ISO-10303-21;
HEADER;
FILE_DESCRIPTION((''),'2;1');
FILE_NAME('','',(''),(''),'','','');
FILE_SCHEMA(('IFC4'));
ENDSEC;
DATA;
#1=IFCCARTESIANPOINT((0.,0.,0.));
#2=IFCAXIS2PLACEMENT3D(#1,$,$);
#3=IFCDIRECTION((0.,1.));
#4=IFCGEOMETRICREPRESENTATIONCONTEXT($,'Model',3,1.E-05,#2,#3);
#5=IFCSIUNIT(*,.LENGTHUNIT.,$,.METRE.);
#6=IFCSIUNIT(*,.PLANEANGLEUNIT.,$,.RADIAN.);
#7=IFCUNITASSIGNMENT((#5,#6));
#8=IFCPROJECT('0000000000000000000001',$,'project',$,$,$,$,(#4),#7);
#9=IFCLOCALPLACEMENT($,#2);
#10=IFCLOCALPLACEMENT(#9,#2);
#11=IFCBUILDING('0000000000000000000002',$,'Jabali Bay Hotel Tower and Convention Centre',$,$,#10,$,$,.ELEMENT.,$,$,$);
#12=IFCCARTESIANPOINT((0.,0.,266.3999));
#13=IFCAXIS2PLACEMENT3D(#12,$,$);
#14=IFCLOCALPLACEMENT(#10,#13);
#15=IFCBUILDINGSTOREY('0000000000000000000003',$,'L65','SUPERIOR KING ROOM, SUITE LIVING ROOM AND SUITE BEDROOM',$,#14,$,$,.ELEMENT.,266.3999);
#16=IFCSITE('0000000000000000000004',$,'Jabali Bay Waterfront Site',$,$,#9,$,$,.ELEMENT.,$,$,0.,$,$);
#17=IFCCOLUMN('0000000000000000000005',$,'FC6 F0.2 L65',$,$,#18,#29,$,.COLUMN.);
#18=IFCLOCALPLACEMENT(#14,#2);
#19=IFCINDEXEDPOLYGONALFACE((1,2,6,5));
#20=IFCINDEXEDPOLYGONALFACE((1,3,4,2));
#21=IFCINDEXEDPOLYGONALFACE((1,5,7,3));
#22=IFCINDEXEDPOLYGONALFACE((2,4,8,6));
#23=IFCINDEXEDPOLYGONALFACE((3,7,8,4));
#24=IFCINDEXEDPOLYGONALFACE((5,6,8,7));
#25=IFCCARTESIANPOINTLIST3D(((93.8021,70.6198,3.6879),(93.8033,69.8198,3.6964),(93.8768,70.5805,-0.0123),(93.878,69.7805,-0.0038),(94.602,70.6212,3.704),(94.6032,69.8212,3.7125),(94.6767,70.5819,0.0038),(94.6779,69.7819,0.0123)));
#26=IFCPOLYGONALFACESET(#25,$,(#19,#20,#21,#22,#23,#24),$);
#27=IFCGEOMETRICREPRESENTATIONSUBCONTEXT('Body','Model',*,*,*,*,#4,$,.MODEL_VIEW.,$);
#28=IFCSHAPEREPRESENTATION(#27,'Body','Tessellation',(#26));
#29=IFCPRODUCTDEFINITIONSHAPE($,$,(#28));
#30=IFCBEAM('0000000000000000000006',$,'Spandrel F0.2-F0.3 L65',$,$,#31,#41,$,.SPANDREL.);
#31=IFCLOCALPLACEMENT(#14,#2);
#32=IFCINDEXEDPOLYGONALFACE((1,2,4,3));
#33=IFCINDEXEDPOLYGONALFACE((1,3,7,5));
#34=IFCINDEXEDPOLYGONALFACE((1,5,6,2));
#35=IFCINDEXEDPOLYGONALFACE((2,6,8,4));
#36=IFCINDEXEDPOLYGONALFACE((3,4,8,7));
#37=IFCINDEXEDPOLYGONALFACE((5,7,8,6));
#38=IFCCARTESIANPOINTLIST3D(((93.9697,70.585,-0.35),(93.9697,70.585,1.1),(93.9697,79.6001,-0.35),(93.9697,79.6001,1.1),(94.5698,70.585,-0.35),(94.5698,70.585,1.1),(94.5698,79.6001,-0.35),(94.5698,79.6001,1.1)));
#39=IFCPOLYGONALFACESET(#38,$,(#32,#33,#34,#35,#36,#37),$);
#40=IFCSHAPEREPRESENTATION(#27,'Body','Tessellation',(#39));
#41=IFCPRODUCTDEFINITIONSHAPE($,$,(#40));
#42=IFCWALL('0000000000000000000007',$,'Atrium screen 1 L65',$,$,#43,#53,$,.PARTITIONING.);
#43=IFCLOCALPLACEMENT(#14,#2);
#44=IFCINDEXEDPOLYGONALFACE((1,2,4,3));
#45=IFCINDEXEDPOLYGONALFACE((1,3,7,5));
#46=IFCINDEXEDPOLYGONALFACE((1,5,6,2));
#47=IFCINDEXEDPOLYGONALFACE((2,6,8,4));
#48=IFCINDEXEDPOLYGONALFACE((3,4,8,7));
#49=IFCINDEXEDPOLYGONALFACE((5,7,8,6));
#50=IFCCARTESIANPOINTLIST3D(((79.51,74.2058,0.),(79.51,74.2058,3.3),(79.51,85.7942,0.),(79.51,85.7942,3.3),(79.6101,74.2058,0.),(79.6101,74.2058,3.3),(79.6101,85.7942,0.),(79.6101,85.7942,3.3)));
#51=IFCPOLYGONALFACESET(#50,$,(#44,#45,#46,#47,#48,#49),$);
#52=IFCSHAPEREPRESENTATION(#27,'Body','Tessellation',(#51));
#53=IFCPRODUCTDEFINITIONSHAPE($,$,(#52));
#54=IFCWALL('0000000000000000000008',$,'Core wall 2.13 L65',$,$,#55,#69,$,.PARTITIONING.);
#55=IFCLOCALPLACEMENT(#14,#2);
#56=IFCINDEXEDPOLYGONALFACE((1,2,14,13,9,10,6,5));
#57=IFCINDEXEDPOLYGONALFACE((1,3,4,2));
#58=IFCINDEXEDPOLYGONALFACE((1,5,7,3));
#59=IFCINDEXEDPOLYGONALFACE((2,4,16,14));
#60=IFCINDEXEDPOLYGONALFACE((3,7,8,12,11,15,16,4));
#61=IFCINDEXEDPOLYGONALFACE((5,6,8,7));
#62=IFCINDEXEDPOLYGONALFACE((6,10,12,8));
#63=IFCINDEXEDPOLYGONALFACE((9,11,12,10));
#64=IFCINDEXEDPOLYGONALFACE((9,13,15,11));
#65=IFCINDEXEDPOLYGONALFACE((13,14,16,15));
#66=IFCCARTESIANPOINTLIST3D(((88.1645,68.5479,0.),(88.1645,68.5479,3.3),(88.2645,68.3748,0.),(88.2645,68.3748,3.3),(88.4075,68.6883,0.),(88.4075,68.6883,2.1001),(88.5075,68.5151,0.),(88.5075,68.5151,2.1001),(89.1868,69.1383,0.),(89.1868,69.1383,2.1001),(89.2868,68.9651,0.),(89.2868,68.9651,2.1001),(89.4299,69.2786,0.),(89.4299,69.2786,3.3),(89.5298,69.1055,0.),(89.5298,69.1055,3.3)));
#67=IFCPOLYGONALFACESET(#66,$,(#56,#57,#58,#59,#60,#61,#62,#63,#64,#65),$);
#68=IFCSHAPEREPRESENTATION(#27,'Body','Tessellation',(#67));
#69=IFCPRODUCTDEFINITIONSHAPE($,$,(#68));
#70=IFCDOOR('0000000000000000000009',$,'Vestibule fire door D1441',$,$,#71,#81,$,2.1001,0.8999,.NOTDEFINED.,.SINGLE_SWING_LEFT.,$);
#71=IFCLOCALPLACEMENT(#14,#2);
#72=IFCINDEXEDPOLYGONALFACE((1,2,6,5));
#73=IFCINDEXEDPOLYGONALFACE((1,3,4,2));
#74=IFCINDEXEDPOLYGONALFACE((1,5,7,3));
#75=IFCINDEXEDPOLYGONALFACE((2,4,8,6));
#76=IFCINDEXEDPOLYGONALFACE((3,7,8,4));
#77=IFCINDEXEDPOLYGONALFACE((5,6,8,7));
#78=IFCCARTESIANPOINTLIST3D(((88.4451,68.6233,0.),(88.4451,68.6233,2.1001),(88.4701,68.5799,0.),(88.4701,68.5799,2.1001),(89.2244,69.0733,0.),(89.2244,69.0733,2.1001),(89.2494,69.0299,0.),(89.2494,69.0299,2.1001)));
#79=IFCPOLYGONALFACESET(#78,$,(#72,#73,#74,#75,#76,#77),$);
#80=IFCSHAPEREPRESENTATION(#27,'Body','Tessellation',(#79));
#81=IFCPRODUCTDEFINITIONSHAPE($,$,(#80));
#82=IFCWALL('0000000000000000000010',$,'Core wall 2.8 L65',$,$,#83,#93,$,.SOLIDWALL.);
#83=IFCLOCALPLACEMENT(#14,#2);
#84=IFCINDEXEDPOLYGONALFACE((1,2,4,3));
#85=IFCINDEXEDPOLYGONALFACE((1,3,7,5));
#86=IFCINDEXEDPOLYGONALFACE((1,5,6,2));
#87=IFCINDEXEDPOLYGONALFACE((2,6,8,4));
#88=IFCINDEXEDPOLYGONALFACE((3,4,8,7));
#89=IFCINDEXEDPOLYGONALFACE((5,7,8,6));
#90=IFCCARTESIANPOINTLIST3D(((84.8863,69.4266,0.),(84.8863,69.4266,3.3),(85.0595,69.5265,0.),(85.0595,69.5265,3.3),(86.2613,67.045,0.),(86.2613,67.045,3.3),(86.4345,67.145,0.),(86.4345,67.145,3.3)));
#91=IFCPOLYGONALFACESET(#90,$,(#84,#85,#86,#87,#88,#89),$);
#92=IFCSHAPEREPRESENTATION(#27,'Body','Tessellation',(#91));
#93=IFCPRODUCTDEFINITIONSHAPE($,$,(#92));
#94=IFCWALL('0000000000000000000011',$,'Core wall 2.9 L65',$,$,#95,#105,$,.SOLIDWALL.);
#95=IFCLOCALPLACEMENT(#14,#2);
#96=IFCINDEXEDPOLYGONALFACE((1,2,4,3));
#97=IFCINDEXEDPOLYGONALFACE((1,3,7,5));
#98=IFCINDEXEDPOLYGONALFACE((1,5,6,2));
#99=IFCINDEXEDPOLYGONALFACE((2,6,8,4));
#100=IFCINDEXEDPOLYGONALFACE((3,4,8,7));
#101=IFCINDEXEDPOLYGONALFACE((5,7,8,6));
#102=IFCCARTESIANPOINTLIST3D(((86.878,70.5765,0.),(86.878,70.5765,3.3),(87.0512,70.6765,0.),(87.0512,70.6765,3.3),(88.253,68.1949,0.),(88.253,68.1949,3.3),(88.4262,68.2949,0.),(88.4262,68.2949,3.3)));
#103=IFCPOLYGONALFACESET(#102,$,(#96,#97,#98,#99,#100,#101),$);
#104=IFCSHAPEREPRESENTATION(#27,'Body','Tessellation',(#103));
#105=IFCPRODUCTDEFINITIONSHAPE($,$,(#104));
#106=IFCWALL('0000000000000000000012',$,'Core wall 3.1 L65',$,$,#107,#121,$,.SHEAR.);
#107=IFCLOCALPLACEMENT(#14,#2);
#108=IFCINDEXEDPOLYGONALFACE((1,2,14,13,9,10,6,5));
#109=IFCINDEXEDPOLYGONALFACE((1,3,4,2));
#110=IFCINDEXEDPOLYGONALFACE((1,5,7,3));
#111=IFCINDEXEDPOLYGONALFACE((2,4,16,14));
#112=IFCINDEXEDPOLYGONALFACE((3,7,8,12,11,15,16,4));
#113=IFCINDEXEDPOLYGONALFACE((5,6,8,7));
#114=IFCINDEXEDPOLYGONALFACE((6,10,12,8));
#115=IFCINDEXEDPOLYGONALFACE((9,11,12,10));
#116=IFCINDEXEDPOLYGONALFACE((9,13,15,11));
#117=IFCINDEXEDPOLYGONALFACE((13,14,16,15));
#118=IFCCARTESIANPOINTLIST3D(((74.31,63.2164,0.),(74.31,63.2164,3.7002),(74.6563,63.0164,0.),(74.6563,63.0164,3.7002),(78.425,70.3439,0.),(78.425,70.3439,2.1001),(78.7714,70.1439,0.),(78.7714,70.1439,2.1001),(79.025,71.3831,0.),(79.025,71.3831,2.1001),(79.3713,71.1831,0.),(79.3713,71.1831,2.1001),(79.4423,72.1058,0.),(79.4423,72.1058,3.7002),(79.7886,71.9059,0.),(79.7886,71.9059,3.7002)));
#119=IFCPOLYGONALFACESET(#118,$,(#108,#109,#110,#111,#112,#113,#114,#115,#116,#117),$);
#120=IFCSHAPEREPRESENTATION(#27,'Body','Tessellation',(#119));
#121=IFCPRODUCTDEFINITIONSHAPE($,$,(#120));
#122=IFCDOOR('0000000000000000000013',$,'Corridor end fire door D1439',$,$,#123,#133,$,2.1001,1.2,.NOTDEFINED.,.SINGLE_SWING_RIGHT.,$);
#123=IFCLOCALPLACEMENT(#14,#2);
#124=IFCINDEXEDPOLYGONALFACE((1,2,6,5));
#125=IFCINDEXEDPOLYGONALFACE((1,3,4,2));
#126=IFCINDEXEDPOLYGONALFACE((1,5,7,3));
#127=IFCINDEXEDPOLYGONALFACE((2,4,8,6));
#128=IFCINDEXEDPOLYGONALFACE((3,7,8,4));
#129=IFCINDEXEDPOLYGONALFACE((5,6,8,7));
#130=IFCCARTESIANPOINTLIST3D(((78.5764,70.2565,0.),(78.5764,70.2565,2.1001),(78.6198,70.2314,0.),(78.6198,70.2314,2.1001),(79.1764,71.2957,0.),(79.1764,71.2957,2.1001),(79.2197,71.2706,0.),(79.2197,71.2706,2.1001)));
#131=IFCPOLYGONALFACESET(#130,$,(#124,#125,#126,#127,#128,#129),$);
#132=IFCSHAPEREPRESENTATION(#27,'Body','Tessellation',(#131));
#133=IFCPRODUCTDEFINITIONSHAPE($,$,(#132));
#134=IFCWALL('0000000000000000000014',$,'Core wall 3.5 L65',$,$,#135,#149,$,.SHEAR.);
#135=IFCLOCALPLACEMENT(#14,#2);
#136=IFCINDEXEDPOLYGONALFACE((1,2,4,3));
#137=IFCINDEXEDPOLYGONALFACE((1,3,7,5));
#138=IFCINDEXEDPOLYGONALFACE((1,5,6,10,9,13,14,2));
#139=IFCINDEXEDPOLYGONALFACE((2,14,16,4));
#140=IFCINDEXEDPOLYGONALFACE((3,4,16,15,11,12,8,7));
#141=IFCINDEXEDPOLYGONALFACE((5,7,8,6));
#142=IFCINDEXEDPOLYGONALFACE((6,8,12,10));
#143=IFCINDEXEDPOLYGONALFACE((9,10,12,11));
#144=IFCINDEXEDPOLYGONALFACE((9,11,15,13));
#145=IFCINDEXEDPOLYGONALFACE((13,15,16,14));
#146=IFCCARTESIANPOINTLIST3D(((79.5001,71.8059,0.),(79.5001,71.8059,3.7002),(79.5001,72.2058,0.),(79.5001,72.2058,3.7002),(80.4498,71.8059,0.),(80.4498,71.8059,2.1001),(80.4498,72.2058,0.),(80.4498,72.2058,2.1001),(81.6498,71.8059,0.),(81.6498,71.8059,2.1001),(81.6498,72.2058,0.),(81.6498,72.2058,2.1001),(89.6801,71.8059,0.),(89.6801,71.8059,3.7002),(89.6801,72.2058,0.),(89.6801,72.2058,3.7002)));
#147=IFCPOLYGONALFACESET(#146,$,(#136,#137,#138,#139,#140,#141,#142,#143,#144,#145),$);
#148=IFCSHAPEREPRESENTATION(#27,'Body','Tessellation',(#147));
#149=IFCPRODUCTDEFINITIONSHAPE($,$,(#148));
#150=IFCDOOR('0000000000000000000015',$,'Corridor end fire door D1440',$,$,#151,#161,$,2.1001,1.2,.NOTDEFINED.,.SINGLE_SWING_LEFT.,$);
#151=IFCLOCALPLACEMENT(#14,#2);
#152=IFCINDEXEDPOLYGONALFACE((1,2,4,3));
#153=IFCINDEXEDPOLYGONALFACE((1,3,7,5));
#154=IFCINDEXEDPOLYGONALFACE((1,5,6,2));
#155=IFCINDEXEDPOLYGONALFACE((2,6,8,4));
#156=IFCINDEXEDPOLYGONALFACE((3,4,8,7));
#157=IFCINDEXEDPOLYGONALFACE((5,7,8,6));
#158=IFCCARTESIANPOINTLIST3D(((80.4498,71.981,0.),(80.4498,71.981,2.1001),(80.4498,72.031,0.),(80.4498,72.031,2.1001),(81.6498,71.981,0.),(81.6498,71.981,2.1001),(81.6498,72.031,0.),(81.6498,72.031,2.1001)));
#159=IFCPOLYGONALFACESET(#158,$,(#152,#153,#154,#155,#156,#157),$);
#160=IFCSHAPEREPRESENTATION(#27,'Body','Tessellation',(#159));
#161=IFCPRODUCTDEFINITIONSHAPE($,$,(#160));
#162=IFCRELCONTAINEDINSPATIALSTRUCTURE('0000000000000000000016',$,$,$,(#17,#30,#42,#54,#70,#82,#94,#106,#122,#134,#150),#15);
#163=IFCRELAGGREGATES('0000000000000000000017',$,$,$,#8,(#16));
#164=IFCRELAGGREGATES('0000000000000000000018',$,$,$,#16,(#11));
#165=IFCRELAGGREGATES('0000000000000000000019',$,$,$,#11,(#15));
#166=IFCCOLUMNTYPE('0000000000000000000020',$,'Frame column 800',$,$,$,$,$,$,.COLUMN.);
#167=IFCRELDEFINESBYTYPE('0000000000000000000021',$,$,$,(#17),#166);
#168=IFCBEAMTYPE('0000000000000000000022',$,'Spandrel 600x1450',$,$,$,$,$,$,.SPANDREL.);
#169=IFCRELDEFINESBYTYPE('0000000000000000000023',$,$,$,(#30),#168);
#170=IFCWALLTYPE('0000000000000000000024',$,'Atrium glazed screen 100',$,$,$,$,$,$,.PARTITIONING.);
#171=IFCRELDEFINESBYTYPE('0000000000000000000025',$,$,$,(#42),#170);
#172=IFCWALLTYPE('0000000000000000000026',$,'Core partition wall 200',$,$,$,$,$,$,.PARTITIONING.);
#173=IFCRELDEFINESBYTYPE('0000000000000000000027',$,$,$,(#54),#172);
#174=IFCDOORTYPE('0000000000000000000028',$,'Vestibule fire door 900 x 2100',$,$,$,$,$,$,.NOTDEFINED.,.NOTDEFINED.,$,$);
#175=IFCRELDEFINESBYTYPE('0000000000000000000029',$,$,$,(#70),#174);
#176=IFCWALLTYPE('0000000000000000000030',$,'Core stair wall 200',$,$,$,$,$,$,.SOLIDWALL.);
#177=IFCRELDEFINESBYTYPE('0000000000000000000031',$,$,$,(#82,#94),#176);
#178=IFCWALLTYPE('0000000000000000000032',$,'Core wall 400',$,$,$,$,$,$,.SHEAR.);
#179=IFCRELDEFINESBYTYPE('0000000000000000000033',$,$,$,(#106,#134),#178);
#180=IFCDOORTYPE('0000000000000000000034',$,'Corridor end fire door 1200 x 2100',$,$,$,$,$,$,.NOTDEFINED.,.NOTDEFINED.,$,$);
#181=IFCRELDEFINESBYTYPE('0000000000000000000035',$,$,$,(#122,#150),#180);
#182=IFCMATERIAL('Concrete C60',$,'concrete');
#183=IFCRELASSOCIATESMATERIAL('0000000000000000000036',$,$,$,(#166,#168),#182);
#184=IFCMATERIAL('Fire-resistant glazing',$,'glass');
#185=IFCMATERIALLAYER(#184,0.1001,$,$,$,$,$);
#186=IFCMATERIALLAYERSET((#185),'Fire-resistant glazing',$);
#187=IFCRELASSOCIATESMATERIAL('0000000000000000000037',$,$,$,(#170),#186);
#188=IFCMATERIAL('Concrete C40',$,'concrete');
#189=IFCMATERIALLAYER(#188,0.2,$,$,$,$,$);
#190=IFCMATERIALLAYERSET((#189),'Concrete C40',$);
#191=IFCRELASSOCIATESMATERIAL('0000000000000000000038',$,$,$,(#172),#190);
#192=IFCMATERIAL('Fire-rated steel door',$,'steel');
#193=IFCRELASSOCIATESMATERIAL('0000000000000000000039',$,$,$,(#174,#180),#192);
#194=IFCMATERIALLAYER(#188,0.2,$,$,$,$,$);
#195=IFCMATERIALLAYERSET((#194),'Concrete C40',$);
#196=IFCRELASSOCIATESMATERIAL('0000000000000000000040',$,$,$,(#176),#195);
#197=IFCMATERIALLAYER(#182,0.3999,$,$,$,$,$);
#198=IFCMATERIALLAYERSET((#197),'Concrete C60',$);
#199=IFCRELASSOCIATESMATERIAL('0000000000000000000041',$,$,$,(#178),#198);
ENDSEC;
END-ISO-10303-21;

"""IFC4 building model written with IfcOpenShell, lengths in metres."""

from ifc_helpers import new_model, si_unit, direction, frame, frame_2d, origin, origin_2d, place, context, subcontext, project, spatial, rectangle, extrude, material, layer, layer_set, material_profile, profile_set, type_object, element, fill, save


model = new_model("IFC4")

# Units and contexts
model_context = context("Model", 3, precision=1e-05, world=origin(), true_north=direction((0.0, 1.0)))
body_context = subcontext(model_context, "Body", "Model", "MODEL_VIEW")
ifc_project = project(units=[si_unit("LENGTHUNIT", "METRE"), si_unit("PLANEANGLEUNIT", "RADIAN")], contexts=[model_context])

# Site, building, storey
site_placement = place(None, origin())
site = spatial("IfcSite", under=ifc_project, at=site_placement, Name="Jabali Bay Waterfront Site", CompositionType="ELEMENT", RefElevation=0.0)
building_placement = place(site_placement, origin())
building = spatial("IfcBuilding", under=site, at=building_placement, Name="Jabali Bay Hotel Tower and Convention Centre", CompositionType="ELEMENT")
storey_placement = place(building_placement, frame((0.0, 0.0, 266.3999)))
storey = spatial("IfcBuildingStorey", under=building, at=storey_placement, Name="L65", Description="SUPERIOR KING ROOM, SUITE LIVING ROOM AND SUITE BEDROOM", CompositionType="ELEMENT", Elevation=266.3999)

# Column
ifc_material_1 = material(Name="Concrete C60", Category="concrete")
ifc_material_profile_1 = material_profile(ifc_material_1, rectangle(XDim=0.8, YDim=0.8, at=origin_2d()), Name="Frame column 800")
ifc_profile_set_1 = profile_set([ifc_material_profile_1], Name="Concrete C60")
column_type = type_object("IfcColumnType", Name="Frame column 800", PredefinedType="COLUMN", material=ifc_profile_set_1)
column_placement = place(storey_placement, frame((94.2773, 70.1812, 0.0), z_axis=(-0.020185, 0.01062, 0.99974), x_axis=(0.001533, -0.999942, 0.010653)))
element("IfcColumn", 1, at=column_placement, inside=storey, type_object=column_type, Name="FC6 F0.2 L65", PredefinedType="COLUMN", context=body_context, shape_type="SweptSolid", body=[
    extrude(rectangle(XDim=0.8, YDim=0.8, at=origin_2d()), origin(), (0.0, 0.0, 1.0), 3.7012),
])

# Beam
ifc_material_profile_2 = material_profile(ifc_material_1, rectangle(XDim=0.6001, YDim=1.45, at=origin_2d()), Name="Spandrel 600x1450")
ifc_profile_set_2 = profile_set([ifc_material_profile_2], Name="Concrete C60")
beam_type = type_object("IfcBeamType", Name="Spandrel 600x1450", PredefinedType="SPANDREL", material=ifc_profile_set_2)
beam_placement = place(storey_placement, frame((94.2698, 70.585, 0.375), z_axis=(0.0, 1.0, 0.0), x_axis=(-1.0, 0.0, 0.0)))
element("IfcBeam", 2, at=beam_placement, inside=storey, type_object=beam_type, Name="Spandrel F0.2-F0.3 L65", PredefinedType="SPANDREL", context=body_context, shape_type="SweptSolid", body=[
    extrude(rectangle(XDim=0.6001, YDim=1.45, at=origin_2d()), origin(), (0.0, 0.0, 1.0), 9.0151),
])

# Wall
ifc_material_2 = material(Name="Fire-resistant glazing", Category="glass")
ifc_layer_1 = layer(ifc_material_2, 0.1001)
ifc_layer_set_1 = layer_set([ifc_layer_1], Name="Fire-resistant glazing")
wall_type_1 = type_object("IfcWallType", Name="Atrium glazed screen 100", PredefinedType="PARTITIONING", material=ifc_layer_set_1)
wall_1_placement = place(storey_placement, frame((79.5601, 74.2058, 0.0), z_axis=(0.0, 0.0, 1.0), x_axis=(0.0, 1.0, 0.0)))
element("IfcWall", 3, at=wall_1_placement, inside=storey, type_object=wall_type_1, Name="Atrium screen 1 L65", PredefinedType="PARTITIONING", context=body_context, shape_type="SweptSolid", body=[
    extrude(rectangle(XDim=11.5884, YDim=0.1001, at=frame_2d((5.7942, 0.0))), origin(), (0.0, 0.0, 1.0), 3.3),
])

# Wall, opening, door
ifc_material_3 = material(Name="Concrete C40", Category="concrete")
ifc_layer_2 = layer(ifc_material_3, 0.2)
ifc_layer_set_2 = layer_set([ifc_layer_2], Name="Concrete C40")
wall_type_2 = type_object("IfcWallType", Name="Core partition wall 200", PredefinedType="PARTITIONING", material=ifc_layer_set_2)
wall_2_placement = place(storey_placement, frame((88.2146, 68.4614, 0.0), z_axis=(0.0, 0.0, 1.0), x_axis=(0.865982, 0.500074, 0.0)))
wall_2 = element("IfcWall", 4, at=wall_2_placement, inside=storey, type_object=wall_type_2, Name="Core wall 2.13 L65", PredefinedType="PARTITIONING", context=body_context, shape_type="SweptSolid", body=[
    extrude(rectangle(XDim=1.4612, YDim=0.2, at=frame_2d((0.7305, 0.0))), origin(), (0.0, 0.0, 1.0), 3.3),
])
opening_1_placement = place(wall_2_placement, frame((0.2805, 0.0, 0.0)))
opening_1 = element("IfcOpeningElement", 5, at=opening_1_placement, cuts=wall_2, PredefinedType="OPENING", context=body_context, shape_type="SweptSolid", body=[
    extrude(rectangle(XDim=0.8999, YDim=2.1001, at=frame_2d((0.45, 1.05))), frame((0.0, 0.1104, 0.0), z_axis=(0.0, -1.0, 0.0), x_axis=(1.0, 0.0, 0.0)), (0.0, 0.0, 1.0), 0.2209),
])
ifc_material_4 = material(Name="Fire-rated steel door", Category="steel")
door_type_1 = type_object("IfcDoorType", Name="Vestibule fire door 900 x 2100", OperationType="NOTDEFINED", PredefinedType="NOTDEFINED", material=ifc_material_4)
door_1_placement = place(opening_1_placement, origin())
door_1 = element("IfcDoor", 6, at=door_1_placement, inside=storey, type_object=door_type_1, Name="Vestibule fire door D1441", OperationType="SINGLE_SWING_LEFT", OverallHeight=2.1001, OverallWidth=0.8999, PredefinedType="NOTDEFINED", context=body_context, shape_type="SweptSolid", body=[
    extrude(rectangle(XDim=0.8999, YDim=2.1001, at=frame_2d((0.45, 1.05))), frame((0.0, 0.0249, 0.0), z_axis=(0.0, -1.0, 0.0), x_axis=(1.0, 0.0, 0.0)), (0.0, 0.0, 1.0), 0.05),
])
fill(opening_1, door_1)

# Walls
ifc_layer_3 = layer(ifc_material_3, 0.2)
ifc_layer_set_3 = layer_set([ifc_layer_3], Name="Concrete C40")
wall_type_3 = type_object("IfcWallType", Name="Core stair wall 200", PredefinedType="SOLIDWALL", material=ifc_layer_set_3)
for number, where, z_axis, x_axis, name in (
    (7, (84.9729, 69.4766, 0.0), (0.0, 0.0, 1.0), (0.499997, -0.866027, 0.0), "Core wall 2.8 L65"),
    (8, (86.9646, 70.6265, 0.0), (0.0, 0.0, 1.0), (0.499997, -0.866027, 0.0), "Core wall 2.9 L65"),
):
    element("IfcWall", number, at=place(storey_placement, frame(where, z_axis=z_axis, x_axis=x_axis)), inside=storey, type_object=wall_type_3, Name=name, PredefinedType="SOLIDWALL", context=body_context, shape_type="SweptSolid", body=[
        extrude(rectangle(XDim=2.75, YDim=0.2, at=frame_2d((1.375, 0.0))), origin(), (0.0, 0.0, 1.0), 3.3),
    ])

# Walls, openings, doors
ifc_layer_4 = layer(ifc_material_1, 0.3999)
ifc_layer_set_4 = layer_set([ifc_layer_4], Name="Concrete C60")
wall_type_4 = type_object("IfcWallType", Name="Core wall 400", PredefinedType="SHEAR", material=ifc_layer_set_4)
wall_3_placement = place(storey_placement, frame((79.6155, 72.0059, 0.0), z_axis=(0.0, 0.0, 1.0), x_axis=(-0.500002, -0.866024, 0.0)))
wall_3 = element("IfcWall", 9, at=wall_3_placement, inside=storey, type_object=wall_type_4, Name="Core wall 3.1 L65", PredefinedType="SHEAR", context=body_context, shape_type="SweptSolid", body=[
    extrude(rectangle(XDim=10.2646, YDim=0.3999, at=frame_2d((5.1323, 0.0))), origin(), (0.0, 0.0, 1.0), 3.7002),
])
opening_2_placement = place(wall_3_placement, frame((0.8345, 0.0, 0.0)))
opening_2 = element("IfcOpeningElement", 10, at=opening_2_placement, cuts=wall_3, PredefinedType="OPENING", context=body_context, shape_type="SweptSolid", body=[
    extrude(rectangle(XDim=1.2, YDim=2.1001, at=frame_2d((0.6001, 1.05))), frame((0.0, 0.2104, 0.0), z_axis=(0.0, -1.0, 0.0), x_axis=(1.0, 0.0, 0.0)), (0.0, 0.0, 1.0), 0.4209),
])
door_type_2 = type_object("IfcDoorType", Name="Corridor end fire door 1200 x 2100", OperationType="NOTDEFINED", PredefinedType="NOTDEFINED", material=ifc_material_4)
door_2_placement = place(opening_2_placement, origin())
door_2 = element("IfcDoor", 11, at=door_2_placement, inside=storey, type_object=door_type_2, Name="Corridor end fire door D1439", OperationType="SINGLE_SWING_RIGHT", OverallHeight=2.1001, OverallWidth=1.2, PredefinedType="NOTDEFINED", context=body_context, shape_type="SweptSolid", body=[
    extrude(rectangle(XDim=1.2, YDim=2.1001, at=frame_2d((0.6001, 1.05))), frame((0.0, 0.0249, 0.0), z_axis=(0.0, -1.0, 0.0), x_axis=(1.0, 0.0, 0.0)), (0.0, 0.0, 1.0), 0.05),
])
fill(opening_2, door_2)
wall_4_placement = place(storey_placement, frame((89.6799, 72.0059, 0.0), z_axis=(0.0, 0.0, 1.0), x_axis=(-1.0, 0.0, 0.0)))
wall_4 = element("IfcWall", 12, at=wall_4_placement, inside=storey, type_object=wall_type_4, Name="Core wall 3.5 L65", PredefinedType="SHEAR", context=body_context, shape_type="SweptSolid", body=[
    extrude(rectangle(XDim=10.1799, YDim=0.3999, at=frame_2d((5.0898, 0.0))), origin(), (0.0, 0.0, 1.0), 3.7002),
])
opening_3_placement = place(wall_4_placement, frame((8.03, 0.0, 0.0)))
opening_3 = element("IfcOpeningElement", 13, at=opening_3_placement, cuts=wall_4, PredefinedType="OPENING", context=body_context, shape_type="SweptSolid", body=[
    extrude(rectangle(XDim=1.2, YDim=2.1001, at=frame_2d((0.6001, 1.05))), frame((0.0, 0.2104, 0.0), z_axis=(0.0, -1.0, 0.0), x_axis=(1.0, 0.0, 0.0)), (0.0, 0.0, 1.0), 0.4209),
])
door_3_placement = place(opening_3_placement, origin())
door_3 = element("IfcDoor", 14, at=door_3_placement, inside=storey, type_object=door_type_2, Name="Corridor end fire door D1440", OperationType="SINGLE_SWING_LEFT", OverallHeight=2.1001, OverallWidth=1.2, PredefinedType="NOTDEFINED", context=body_context, shape_type="SweptSolid", body=[
    extrude(rectangle(XDim=1.2, YDim=2.1001, at=frame_2d((0.6001, 1.05))), frame((0.0, 0.0249, 0.0), z_axis=(0.0, -1.0, 0.0), x_axis=(1.0, 0.0, 0.0)), (0.0, 0.0, 1.0), 0.05),
])
fill(opening_3, door_3)

save(model, "model.ifc")
